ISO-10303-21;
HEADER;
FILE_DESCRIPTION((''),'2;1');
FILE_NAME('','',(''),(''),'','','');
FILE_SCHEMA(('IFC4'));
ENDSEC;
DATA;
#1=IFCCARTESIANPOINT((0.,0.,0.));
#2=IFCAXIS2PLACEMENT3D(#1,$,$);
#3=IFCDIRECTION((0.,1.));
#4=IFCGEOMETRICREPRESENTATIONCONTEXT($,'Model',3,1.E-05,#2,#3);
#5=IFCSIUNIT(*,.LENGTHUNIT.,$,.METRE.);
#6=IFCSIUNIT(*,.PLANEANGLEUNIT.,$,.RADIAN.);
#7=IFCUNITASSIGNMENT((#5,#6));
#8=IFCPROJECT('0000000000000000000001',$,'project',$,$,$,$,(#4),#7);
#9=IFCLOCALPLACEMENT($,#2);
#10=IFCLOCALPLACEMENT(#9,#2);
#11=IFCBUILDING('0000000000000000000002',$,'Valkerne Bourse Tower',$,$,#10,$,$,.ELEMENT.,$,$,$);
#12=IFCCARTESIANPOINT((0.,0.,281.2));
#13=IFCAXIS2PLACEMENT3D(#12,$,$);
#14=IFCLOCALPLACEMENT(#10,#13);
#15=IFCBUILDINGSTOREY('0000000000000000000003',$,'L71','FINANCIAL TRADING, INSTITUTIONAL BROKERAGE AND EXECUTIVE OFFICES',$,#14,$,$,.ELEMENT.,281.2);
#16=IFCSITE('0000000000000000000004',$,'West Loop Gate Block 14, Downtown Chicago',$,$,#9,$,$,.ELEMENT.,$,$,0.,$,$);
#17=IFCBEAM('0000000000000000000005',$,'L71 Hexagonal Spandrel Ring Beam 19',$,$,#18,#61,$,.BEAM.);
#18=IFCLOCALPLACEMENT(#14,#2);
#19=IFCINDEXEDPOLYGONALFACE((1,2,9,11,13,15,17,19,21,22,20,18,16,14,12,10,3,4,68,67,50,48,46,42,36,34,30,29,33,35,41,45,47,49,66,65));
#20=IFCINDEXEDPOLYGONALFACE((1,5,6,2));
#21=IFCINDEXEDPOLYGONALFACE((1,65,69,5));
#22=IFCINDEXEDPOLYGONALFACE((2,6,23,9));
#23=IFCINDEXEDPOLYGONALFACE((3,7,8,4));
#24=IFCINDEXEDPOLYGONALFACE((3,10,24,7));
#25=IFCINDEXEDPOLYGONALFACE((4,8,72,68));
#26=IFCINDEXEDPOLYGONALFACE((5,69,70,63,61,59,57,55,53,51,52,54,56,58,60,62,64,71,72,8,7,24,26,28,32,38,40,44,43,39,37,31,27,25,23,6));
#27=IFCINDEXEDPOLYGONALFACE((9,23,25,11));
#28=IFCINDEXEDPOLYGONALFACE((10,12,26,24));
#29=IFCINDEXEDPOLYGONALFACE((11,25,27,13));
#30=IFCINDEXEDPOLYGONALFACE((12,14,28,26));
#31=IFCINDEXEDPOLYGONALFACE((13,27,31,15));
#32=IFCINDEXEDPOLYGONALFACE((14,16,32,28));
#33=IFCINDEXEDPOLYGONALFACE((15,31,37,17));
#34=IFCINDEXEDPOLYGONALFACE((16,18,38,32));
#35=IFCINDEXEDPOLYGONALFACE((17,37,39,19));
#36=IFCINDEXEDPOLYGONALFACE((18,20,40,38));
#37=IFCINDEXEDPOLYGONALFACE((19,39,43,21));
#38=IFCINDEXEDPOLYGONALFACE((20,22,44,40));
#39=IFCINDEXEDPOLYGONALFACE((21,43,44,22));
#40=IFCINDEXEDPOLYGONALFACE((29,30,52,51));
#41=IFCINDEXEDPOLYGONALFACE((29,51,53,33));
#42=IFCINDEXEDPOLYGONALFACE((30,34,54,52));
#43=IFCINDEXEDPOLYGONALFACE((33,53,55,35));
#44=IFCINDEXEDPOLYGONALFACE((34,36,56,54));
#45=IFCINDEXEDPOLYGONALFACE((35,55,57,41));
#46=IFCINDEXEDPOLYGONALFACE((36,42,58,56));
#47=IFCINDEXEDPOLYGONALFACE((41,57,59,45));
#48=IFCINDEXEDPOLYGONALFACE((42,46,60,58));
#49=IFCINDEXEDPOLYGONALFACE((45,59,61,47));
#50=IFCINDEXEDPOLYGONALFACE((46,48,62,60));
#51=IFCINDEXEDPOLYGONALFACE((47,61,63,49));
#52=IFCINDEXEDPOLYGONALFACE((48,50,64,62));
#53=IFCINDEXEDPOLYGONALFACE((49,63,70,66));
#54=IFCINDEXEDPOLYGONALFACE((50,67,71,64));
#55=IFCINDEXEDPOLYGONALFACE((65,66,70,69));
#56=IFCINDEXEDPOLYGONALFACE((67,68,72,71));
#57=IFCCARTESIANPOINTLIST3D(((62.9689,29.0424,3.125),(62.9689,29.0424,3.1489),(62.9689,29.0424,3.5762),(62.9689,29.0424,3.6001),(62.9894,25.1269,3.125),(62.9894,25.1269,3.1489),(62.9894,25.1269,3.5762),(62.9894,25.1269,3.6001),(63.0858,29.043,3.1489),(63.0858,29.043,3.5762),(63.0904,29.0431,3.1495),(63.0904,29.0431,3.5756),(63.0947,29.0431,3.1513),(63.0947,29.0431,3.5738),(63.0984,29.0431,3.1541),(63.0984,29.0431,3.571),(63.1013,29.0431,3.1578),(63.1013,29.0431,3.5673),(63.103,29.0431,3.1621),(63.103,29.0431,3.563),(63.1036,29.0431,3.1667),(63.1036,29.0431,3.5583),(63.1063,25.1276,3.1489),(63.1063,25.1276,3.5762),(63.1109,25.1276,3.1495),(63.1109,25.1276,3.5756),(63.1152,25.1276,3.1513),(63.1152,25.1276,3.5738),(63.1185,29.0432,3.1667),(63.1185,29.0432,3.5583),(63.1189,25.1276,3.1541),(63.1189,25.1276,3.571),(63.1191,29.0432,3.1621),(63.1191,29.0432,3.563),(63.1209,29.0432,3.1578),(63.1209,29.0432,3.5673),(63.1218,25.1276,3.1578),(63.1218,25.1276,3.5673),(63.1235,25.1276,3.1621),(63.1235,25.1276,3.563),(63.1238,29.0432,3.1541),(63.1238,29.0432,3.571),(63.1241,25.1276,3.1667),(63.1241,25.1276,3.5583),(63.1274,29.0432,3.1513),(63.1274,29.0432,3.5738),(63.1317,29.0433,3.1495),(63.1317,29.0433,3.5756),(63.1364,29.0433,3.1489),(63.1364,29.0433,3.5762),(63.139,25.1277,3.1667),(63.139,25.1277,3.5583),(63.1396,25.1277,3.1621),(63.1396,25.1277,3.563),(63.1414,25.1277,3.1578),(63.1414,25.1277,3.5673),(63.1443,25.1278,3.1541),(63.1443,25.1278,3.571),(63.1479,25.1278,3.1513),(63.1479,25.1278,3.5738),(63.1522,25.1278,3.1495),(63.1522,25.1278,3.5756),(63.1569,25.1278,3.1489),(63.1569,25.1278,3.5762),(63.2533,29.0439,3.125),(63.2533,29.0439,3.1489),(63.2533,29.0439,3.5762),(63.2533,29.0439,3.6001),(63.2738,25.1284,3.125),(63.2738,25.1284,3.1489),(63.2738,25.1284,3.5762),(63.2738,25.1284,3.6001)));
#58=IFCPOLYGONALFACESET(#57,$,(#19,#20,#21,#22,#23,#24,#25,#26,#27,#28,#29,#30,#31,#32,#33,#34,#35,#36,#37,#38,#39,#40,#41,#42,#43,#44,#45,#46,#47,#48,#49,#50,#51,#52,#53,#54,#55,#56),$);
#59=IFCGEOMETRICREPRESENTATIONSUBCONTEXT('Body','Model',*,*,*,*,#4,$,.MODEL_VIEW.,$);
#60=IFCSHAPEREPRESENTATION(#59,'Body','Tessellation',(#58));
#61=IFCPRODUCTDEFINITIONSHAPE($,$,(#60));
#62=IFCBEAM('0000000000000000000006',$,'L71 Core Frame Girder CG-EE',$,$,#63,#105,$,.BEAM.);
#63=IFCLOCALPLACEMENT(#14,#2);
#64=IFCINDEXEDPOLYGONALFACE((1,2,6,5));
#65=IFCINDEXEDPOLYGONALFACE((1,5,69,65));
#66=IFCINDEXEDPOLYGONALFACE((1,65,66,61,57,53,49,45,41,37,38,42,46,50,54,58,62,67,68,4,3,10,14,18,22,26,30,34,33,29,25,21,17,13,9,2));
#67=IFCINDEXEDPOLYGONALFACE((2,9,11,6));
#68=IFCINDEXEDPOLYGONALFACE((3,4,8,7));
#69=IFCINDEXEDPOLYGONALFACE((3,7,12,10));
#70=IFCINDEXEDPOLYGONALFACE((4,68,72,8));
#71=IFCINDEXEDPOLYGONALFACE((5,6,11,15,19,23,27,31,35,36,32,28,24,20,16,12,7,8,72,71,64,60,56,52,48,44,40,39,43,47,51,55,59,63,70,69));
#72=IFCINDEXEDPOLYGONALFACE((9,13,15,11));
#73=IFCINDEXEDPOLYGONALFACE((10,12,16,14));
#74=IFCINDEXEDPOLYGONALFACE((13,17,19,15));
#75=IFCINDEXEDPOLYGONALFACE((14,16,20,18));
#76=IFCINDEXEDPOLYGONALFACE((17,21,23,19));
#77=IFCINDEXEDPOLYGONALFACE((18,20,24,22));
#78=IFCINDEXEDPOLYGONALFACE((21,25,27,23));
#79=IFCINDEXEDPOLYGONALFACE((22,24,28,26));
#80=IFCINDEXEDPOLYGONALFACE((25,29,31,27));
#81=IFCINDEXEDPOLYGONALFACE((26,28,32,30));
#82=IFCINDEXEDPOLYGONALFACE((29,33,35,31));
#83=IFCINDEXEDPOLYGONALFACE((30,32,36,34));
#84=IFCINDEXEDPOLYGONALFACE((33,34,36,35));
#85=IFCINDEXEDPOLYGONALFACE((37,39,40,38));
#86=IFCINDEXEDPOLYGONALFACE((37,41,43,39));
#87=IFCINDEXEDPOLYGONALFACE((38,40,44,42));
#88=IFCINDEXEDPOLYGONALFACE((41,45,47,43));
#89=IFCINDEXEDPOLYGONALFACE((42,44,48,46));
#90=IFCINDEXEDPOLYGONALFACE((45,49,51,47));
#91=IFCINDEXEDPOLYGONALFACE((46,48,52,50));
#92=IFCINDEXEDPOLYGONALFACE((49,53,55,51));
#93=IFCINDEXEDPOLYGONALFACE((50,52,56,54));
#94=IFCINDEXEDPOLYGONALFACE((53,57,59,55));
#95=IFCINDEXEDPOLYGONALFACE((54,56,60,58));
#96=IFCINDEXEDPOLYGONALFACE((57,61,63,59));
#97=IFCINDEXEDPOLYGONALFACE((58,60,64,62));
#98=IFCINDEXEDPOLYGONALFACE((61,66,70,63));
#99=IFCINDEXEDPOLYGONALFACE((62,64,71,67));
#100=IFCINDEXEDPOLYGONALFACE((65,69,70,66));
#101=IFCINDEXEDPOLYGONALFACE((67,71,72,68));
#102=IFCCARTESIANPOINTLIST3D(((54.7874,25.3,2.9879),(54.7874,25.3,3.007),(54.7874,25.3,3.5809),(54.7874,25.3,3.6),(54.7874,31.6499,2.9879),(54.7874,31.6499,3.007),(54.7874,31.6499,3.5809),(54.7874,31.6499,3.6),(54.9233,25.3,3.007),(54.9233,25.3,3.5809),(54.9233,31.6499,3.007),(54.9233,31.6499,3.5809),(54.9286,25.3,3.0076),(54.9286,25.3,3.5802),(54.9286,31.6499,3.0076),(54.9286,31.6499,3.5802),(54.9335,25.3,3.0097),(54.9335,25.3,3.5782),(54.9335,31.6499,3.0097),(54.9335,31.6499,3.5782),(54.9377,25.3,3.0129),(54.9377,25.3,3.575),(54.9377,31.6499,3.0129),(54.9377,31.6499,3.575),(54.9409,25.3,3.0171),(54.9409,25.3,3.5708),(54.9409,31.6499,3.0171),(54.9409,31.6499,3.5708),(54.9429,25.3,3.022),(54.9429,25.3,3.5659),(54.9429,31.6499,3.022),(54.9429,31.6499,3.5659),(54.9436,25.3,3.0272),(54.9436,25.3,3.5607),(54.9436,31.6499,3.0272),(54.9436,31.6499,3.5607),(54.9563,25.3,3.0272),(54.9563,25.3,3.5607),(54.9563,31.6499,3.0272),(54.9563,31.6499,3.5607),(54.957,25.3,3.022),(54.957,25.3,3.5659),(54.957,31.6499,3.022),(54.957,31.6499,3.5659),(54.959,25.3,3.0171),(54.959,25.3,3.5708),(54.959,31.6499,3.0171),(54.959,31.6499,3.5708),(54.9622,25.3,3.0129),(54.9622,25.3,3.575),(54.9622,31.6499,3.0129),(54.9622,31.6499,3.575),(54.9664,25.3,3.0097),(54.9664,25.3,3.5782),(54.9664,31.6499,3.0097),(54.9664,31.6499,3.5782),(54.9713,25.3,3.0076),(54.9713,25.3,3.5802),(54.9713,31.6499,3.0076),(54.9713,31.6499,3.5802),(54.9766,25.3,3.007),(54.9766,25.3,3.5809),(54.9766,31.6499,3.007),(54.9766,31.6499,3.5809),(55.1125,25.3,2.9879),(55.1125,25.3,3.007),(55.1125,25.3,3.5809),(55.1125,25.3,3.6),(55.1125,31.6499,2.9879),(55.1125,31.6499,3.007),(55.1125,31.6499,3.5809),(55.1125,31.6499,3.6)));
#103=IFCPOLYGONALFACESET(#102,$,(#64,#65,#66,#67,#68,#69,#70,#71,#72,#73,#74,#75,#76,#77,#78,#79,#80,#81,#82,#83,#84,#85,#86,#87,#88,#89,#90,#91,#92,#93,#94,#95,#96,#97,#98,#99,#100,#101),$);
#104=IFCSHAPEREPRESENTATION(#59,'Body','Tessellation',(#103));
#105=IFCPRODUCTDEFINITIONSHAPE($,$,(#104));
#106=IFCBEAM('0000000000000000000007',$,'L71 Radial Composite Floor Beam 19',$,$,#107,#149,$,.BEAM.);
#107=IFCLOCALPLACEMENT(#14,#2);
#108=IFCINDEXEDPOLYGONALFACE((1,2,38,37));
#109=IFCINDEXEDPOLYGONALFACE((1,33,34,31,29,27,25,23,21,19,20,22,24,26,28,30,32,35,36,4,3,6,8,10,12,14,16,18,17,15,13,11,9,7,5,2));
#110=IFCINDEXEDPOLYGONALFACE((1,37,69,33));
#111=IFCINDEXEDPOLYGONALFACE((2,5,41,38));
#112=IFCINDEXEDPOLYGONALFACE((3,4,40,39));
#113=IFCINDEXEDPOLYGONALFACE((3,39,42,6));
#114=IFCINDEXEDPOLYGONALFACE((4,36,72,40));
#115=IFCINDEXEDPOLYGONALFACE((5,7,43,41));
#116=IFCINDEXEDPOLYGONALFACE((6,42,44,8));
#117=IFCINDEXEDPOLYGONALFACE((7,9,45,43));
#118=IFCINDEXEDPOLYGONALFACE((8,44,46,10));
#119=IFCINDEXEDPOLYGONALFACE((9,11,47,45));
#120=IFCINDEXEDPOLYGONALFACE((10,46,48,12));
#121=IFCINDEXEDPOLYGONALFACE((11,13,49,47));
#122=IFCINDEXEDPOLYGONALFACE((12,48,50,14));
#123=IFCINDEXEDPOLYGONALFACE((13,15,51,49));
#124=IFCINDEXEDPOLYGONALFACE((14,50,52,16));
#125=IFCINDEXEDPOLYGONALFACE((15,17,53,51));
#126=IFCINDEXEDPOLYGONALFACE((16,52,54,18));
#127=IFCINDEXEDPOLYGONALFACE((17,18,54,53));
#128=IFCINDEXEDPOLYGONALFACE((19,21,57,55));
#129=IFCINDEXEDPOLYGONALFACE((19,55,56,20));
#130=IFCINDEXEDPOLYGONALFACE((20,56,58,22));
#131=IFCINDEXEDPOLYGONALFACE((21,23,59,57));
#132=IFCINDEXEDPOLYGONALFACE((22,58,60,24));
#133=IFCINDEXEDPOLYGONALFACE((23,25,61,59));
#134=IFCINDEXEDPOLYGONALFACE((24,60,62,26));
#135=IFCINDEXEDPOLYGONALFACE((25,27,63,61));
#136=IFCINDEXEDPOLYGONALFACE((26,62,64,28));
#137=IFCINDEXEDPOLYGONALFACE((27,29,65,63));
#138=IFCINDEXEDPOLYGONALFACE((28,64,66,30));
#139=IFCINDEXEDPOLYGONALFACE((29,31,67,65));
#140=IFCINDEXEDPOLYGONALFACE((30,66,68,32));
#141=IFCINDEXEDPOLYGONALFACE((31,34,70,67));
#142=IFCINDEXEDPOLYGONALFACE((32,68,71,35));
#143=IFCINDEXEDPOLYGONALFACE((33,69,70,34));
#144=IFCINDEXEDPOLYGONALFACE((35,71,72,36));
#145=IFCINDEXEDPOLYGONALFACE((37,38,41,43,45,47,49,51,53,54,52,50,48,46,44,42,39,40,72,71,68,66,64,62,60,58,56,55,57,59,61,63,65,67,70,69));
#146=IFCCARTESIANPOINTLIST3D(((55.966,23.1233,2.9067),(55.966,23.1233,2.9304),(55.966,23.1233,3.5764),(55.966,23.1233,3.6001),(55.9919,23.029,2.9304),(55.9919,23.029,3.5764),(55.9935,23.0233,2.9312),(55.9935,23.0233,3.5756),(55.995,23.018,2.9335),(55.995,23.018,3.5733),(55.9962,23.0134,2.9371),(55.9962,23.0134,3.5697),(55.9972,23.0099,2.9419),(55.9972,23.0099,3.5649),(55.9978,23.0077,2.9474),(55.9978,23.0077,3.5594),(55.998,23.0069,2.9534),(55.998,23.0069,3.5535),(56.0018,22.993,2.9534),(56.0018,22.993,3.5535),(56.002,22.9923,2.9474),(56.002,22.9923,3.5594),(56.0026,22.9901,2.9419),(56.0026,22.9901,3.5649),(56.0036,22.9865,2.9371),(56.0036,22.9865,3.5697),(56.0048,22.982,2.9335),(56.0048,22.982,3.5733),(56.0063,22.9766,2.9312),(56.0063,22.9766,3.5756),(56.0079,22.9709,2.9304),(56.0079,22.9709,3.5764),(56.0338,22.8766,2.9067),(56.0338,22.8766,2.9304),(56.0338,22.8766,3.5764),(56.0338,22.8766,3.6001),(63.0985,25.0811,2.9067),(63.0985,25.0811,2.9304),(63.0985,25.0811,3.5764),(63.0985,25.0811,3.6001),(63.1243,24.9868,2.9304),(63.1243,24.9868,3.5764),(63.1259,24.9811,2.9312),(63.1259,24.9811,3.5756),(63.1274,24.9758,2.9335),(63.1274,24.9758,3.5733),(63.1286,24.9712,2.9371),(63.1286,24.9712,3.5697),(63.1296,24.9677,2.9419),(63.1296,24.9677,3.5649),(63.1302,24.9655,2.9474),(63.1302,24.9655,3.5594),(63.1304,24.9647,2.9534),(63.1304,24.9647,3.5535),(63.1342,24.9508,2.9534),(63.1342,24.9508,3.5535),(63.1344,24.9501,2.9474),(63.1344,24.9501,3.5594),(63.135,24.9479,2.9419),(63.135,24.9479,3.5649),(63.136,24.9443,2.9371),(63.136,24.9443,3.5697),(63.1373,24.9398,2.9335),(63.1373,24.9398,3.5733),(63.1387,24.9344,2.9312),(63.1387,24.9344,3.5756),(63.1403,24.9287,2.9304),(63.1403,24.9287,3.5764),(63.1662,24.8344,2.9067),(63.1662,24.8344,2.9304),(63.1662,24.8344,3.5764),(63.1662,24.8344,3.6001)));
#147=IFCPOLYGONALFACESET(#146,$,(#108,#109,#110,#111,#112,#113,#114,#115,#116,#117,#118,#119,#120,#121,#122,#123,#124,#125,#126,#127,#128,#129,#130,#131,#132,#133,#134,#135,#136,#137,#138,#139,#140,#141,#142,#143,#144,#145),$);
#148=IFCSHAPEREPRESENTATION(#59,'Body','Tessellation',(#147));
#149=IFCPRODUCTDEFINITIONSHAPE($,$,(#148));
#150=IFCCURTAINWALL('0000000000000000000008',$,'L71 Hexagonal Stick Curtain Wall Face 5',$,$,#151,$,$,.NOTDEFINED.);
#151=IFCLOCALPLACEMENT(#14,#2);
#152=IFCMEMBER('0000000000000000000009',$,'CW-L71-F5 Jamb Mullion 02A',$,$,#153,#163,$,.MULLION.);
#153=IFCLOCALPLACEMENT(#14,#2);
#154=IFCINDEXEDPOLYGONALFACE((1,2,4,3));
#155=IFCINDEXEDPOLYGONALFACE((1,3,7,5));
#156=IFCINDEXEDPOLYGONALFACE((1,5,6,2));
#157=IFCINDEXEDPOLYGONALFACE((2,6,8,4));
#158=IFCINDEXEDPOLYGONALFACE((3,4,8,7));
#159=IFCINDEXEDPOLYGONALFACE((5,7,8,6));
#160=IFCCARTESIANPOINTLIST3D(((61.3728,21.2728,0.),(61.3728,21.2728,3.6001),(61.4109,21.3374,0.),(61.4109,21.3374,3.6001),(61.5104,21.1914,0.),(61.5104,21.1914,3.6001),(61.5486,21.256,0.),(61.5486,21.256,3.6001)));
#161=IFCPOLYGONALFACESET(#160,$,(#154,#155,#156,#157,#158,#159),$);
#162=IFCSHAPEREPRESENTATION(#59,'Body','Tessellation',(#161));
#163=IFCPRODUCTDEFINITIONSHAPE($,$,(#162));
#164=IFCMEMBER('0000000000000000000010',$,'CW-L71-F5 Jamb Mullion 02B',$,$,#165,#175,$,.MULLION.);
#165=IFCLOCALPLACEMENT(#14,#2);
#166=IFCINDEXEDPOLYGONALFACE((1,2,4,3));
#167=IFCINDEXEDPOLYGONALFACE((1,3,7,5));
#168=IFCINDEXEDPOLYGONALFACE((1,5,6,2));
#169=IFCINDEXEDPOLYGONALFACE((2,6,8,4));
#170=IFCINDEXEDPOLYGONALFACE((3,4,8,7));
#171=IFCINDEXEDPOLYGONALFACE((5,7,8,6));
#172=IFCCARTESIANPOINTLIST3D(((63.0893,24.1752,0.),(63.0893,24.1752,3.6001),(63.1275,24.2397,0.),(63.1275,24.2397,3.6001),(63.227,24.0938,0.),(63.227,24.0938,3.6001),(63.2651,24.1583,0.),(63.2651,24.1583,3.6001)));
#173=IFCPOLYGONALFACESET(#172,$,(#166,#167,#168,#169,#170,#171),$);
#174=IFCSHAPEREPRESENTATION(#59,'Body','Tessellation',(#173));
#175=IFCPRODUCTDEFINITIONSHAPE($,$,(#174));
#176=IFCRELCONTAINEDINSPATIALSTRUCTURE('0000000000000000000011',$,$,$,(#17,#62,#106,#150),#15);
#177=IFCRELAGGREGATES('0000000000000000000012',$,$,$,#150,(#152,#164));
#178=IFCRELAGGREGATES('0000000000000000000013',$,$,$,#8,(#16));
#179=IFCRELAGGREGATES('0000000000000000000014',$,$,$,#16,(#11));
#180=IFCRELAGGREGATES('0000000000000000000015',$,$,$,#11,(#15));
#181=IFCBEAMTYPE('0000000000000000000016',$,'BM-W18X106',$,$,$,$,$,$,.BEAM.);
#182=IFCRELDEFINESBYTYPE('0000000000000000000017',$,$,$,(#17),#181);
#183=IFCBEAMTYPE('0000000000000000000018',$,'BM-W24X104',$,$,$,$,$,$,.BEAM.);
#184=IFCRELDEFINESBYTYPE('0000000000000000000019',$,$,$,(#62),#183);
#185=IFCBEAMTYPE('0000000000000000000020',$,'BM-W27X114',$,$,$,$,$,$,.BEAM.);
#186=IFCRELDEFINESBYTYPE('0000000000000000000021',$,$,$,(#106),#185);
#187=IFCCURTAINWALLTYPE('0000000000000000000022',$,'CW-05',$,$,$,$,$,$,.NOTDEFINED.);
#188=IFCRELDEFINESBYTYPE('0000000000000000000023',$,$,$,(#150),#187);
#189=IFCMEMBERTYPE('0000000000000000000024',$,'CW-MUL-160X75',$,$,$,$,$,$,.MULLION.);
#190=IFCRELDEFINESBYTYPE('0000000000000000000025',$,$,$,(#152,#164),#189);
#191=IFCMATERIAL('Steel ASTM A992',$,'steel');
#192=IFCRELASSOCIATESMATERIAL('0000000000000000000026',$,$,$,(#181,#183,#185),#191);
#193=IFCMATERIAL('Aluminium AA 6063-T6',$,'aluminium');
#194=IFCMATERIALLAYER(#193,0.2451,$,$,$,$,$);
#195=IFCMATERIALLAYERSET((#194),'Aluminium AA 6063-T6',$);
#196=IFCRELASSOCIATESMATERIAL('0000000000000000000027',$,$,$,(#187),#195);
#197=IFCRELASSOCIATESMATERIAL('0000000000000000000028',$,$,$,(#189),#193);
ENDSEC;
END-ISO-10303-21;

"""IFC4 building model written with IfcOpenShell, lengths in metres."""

from ifc_helpers import new_model, si_unit, direction, frame, origin, origin_2d, place, context, subcontext, project, spatial, rectangle, i_section, extrude, material, layer, layer_set, material_profile, profile_set, type_object, element, aggregate, save


model = new_model("IFC4")

# Units and contexts
model_context = context("Model", 3, precision=1e-05, world=origin(), true_north=direction((0.0, 1.0)))
body_context = subcontext(model_context, "Body", "Model", "MODEL_VIEW")
ifc_project = project(units=[si_unit("LENGTHUNIT", "METRE"), si_unit("PLANEANGLEUNIT", "RADIAN")], contexts=[model_context])

# Site, building, storey
site_placement = place(None, origin())
site = spatial("IfcSite", under=ifc_project, at=site_placement, Name="West Loop Gate Block 14, Downtown Chicago", CompositionType="ELEMENT", RefElevation=0.0)
building_placement = place(site_placement, origin())
building = spatial("IfcBuilding", under=site, at=building_placement, Name="Valkerne Bourse Tower", CompositionType="ELEMENT")
storey_placement = place(building_placement, frame((0.0, 0.0, 281.2)))
storey = spatial("IfcBuildingStorey", under=building, at=storey_placement, Name="L71", Description="FINANCIAL TRADING, INSTITUTIONAL BROKERAGE AND EXECUTIVE OFFICES", CompositionType="ELEMENT", Elevation=281.2)

# Beams
ifc_material_1 = material(Name="Steel ASTM A992", Category="steel")
ifc_material_profile_1 = material_profile(ifc_material_1, i_section(OverallWidth=0.2844, OverallDepth=0.4751, WebThickness=0.0149, FlangeThickness=0.0239, FilletRadius=0.0178, at=origin_2d()), Name="W18X106")
ifc_profile_set_1 = profile_set([ifc_material_profile_1], Name="Steel ASTM A992")
beam_type_1 = type_object("IfcBeamType", Name="BM-W18X106", PredefinedType="BEAM", material=ifc_profile_set_1)
beam_1_placement = place(storey_placement, frame((63.1316, 25.1277, 3.3625), z_axis=(-0.005237, 0.999986, 0.0), x_axis=(-0.999986, -0.005237, 0.0)))
element("IfcBeam", 1, at=beam_1_placement, inside=storey, type_object=beam_type_1, Name="L71 Hexagonal Spandrel Ring Beam 19", PredefinedType="BEAM", context=body_context, shape_type="SweptSolid", body=[
    extrude(i_section(OverallWidth=0.2844, OverallDepth=0.4751, WebThickness=0.0149, FlangeThickness=0.0239, FilletRadius=0.0178, at=origin_2d()), origin(), (0.0, 0.0, 1.0), 3.9155),
])
ifc_material_profile_2 = material_profile(ifc_material_1, i_section(OverallWidth=0.3252, OverallDepth=0.6121, WebThickness=0.0127, FlangeThickness=0.019, FilletRadius=0.0203, at=origin_2d()), Name="W24X104")
ifc_profile_set_2 = profile_set([ifc_material_profile_2], Name="Steel ASTM A992")
beam_type_2 = type_object("IfcBeamType", Name="BM-W24X104", PredefinedType="BEAM", material=ifc_profile_set_2)
beam_2_placement = place(storey_placement, frame((54.95, 25.3, 3.2939), z_axis=(0.0, 1.0, 0.0), x_axis=(-1.0, 0.0, 0.0)))
element("IfcBeam", 2, at=beam_2_placement, inside=storey, type_object=beam_type_2, Name="L71 Core Frame Girder CG-EE", PredefinedType="BEAM", context=body_context, shape_type="SweptSolid", body=[
    extrude(i_section(OverallWidth=0.3252, OverallDepth=0.6121, WebThickness=0.0127, FlangeThickness=0.019, FilletRadius=0.0203, at=origin_2d()), origin(), (0.0, 0.0, 1.0), 6.3499),
])
ifc_material_profile_3 = material_profile(ifc_material_1, i_section(OverallWidth=0.2559, OverallDepth=0.6934, WebThickness=0.0144, FlangeThickness=0.0237, FilletRadius=0.0229, at=origin_2d()), Name="W27X114")
ifc_profile_set_3 = profile_set([ifc_material_profile_3], Name="Steel ASTM A992")
beam_type_3 = type_object("IfcBeamType", Name="BM-W27X114", PredefinedType="BEAM", material=ifc_profile_set_3)
beam_3_placement = place(storey_placement, frame((63.1323, 24.9578, 3.2534), z_axis=(-0.964331, -0.264701, 0.0), x_axis=(0.264701, -0.964331, 0.0)))
element("IfcBeam", 3, at=beam_3_placement, inside=storey, type_object=beam_type_3, Name="L71 Radial Composite Floor Beam 19", PredefinedType="BEAM", context=body_context, shape_type="SweptSolid", body=[
    extrude(i_section(OverallWidth=0.2559, OverallDepth=0.6934, WebThickness=0.0144, FlangeThickness=0.0237, FilletRadius=0.0229, at=origin_2d()), origin(), (0.0, 0.0, 1.0), 7.3962),
])

# Curtain wall, members
ifc_material_2 = material(Name="Aluminium AA 6063-T6", Category="aluminium")
ifc_layer_1 = layer(ifc_material_2, 0.2451)
ifc_layer_set_1 = layer_set([ifc_layer_1], Name="Aluminium AA 6063-T6")
curtain_wall_type = type_object("IfcCurtainWallType", Name="CW-05", PredefinedType="NOTDEFINED", material=ifc_layer_set_1)
curtain_wall_placement = place(storey_placement, origin())
curtain_wall = element("IfcCurtainWall", 4, at=curtain_wall_placement, inside=storey, type_object=curtain_wall_type, Name="L71 Hexagonal Stick Curtain Wall Face 5", PredefinedType="NOTDEFINED")
ifc_material_profile_4 = material_profile(ifc_material_2, rectangle(XDim=0.075, YDim=0.1599, at=origin_2d()), Name="CWM-75X160")
ifc_profile_set_4 = profile_set([ifc_material_profile_4], Name="Aluminium AA 6063-T6")
member_type_1 = type_object("IfcMemberType", Name="CW-MUL-160X75", PredefinedType="MULLION", material=ifc_profile_set_4)
member_1_placement = place(storey_placement, frame((61.4607, 21.2644, 0.0), z_axis=(0.0, 0.0, 1.0), x_axis=(0.509039, 0.860744, 0.0)))
member_1 = element("IfcMember", 5, at=member_1_placement, type_object=member_type_1, Name="CW-L71-F5 Jamb Mullion 02A", PredefinedType="MULLION", context=body_context, shape_type="SweptSolid", body=[
    extrude(rectangle(XDim=0.075, YDim=0.1599, at=origin_2d()), origin(), (0.0, 0.0, 1.0), 3.6001),
])
member_2_placement = place(storey_placement, frame((63.1772, 24.1667, 0.0), z_axis=(0.0, 0.0, 1.0), x_axis=(0.509039, 0.860744, 0.0)))
member_2 = element("IfcMember", 6, at=member_2_placement, type_object=member_type_1, Name="CW-L71-F5 Jamb Mullion 02B", PredefinedType="MULLION", context=body_context, shape_type="SweptSolid", body=[
    extrude(rectangle(XDim=0.075, YDim=0.1599, at=origin_2d()), origin(), (0.0, 0.0, 1.0), 3.6001),
])

aggregate(curtain_wall, [member_1, member_2])

save(model, "model.ifc")
